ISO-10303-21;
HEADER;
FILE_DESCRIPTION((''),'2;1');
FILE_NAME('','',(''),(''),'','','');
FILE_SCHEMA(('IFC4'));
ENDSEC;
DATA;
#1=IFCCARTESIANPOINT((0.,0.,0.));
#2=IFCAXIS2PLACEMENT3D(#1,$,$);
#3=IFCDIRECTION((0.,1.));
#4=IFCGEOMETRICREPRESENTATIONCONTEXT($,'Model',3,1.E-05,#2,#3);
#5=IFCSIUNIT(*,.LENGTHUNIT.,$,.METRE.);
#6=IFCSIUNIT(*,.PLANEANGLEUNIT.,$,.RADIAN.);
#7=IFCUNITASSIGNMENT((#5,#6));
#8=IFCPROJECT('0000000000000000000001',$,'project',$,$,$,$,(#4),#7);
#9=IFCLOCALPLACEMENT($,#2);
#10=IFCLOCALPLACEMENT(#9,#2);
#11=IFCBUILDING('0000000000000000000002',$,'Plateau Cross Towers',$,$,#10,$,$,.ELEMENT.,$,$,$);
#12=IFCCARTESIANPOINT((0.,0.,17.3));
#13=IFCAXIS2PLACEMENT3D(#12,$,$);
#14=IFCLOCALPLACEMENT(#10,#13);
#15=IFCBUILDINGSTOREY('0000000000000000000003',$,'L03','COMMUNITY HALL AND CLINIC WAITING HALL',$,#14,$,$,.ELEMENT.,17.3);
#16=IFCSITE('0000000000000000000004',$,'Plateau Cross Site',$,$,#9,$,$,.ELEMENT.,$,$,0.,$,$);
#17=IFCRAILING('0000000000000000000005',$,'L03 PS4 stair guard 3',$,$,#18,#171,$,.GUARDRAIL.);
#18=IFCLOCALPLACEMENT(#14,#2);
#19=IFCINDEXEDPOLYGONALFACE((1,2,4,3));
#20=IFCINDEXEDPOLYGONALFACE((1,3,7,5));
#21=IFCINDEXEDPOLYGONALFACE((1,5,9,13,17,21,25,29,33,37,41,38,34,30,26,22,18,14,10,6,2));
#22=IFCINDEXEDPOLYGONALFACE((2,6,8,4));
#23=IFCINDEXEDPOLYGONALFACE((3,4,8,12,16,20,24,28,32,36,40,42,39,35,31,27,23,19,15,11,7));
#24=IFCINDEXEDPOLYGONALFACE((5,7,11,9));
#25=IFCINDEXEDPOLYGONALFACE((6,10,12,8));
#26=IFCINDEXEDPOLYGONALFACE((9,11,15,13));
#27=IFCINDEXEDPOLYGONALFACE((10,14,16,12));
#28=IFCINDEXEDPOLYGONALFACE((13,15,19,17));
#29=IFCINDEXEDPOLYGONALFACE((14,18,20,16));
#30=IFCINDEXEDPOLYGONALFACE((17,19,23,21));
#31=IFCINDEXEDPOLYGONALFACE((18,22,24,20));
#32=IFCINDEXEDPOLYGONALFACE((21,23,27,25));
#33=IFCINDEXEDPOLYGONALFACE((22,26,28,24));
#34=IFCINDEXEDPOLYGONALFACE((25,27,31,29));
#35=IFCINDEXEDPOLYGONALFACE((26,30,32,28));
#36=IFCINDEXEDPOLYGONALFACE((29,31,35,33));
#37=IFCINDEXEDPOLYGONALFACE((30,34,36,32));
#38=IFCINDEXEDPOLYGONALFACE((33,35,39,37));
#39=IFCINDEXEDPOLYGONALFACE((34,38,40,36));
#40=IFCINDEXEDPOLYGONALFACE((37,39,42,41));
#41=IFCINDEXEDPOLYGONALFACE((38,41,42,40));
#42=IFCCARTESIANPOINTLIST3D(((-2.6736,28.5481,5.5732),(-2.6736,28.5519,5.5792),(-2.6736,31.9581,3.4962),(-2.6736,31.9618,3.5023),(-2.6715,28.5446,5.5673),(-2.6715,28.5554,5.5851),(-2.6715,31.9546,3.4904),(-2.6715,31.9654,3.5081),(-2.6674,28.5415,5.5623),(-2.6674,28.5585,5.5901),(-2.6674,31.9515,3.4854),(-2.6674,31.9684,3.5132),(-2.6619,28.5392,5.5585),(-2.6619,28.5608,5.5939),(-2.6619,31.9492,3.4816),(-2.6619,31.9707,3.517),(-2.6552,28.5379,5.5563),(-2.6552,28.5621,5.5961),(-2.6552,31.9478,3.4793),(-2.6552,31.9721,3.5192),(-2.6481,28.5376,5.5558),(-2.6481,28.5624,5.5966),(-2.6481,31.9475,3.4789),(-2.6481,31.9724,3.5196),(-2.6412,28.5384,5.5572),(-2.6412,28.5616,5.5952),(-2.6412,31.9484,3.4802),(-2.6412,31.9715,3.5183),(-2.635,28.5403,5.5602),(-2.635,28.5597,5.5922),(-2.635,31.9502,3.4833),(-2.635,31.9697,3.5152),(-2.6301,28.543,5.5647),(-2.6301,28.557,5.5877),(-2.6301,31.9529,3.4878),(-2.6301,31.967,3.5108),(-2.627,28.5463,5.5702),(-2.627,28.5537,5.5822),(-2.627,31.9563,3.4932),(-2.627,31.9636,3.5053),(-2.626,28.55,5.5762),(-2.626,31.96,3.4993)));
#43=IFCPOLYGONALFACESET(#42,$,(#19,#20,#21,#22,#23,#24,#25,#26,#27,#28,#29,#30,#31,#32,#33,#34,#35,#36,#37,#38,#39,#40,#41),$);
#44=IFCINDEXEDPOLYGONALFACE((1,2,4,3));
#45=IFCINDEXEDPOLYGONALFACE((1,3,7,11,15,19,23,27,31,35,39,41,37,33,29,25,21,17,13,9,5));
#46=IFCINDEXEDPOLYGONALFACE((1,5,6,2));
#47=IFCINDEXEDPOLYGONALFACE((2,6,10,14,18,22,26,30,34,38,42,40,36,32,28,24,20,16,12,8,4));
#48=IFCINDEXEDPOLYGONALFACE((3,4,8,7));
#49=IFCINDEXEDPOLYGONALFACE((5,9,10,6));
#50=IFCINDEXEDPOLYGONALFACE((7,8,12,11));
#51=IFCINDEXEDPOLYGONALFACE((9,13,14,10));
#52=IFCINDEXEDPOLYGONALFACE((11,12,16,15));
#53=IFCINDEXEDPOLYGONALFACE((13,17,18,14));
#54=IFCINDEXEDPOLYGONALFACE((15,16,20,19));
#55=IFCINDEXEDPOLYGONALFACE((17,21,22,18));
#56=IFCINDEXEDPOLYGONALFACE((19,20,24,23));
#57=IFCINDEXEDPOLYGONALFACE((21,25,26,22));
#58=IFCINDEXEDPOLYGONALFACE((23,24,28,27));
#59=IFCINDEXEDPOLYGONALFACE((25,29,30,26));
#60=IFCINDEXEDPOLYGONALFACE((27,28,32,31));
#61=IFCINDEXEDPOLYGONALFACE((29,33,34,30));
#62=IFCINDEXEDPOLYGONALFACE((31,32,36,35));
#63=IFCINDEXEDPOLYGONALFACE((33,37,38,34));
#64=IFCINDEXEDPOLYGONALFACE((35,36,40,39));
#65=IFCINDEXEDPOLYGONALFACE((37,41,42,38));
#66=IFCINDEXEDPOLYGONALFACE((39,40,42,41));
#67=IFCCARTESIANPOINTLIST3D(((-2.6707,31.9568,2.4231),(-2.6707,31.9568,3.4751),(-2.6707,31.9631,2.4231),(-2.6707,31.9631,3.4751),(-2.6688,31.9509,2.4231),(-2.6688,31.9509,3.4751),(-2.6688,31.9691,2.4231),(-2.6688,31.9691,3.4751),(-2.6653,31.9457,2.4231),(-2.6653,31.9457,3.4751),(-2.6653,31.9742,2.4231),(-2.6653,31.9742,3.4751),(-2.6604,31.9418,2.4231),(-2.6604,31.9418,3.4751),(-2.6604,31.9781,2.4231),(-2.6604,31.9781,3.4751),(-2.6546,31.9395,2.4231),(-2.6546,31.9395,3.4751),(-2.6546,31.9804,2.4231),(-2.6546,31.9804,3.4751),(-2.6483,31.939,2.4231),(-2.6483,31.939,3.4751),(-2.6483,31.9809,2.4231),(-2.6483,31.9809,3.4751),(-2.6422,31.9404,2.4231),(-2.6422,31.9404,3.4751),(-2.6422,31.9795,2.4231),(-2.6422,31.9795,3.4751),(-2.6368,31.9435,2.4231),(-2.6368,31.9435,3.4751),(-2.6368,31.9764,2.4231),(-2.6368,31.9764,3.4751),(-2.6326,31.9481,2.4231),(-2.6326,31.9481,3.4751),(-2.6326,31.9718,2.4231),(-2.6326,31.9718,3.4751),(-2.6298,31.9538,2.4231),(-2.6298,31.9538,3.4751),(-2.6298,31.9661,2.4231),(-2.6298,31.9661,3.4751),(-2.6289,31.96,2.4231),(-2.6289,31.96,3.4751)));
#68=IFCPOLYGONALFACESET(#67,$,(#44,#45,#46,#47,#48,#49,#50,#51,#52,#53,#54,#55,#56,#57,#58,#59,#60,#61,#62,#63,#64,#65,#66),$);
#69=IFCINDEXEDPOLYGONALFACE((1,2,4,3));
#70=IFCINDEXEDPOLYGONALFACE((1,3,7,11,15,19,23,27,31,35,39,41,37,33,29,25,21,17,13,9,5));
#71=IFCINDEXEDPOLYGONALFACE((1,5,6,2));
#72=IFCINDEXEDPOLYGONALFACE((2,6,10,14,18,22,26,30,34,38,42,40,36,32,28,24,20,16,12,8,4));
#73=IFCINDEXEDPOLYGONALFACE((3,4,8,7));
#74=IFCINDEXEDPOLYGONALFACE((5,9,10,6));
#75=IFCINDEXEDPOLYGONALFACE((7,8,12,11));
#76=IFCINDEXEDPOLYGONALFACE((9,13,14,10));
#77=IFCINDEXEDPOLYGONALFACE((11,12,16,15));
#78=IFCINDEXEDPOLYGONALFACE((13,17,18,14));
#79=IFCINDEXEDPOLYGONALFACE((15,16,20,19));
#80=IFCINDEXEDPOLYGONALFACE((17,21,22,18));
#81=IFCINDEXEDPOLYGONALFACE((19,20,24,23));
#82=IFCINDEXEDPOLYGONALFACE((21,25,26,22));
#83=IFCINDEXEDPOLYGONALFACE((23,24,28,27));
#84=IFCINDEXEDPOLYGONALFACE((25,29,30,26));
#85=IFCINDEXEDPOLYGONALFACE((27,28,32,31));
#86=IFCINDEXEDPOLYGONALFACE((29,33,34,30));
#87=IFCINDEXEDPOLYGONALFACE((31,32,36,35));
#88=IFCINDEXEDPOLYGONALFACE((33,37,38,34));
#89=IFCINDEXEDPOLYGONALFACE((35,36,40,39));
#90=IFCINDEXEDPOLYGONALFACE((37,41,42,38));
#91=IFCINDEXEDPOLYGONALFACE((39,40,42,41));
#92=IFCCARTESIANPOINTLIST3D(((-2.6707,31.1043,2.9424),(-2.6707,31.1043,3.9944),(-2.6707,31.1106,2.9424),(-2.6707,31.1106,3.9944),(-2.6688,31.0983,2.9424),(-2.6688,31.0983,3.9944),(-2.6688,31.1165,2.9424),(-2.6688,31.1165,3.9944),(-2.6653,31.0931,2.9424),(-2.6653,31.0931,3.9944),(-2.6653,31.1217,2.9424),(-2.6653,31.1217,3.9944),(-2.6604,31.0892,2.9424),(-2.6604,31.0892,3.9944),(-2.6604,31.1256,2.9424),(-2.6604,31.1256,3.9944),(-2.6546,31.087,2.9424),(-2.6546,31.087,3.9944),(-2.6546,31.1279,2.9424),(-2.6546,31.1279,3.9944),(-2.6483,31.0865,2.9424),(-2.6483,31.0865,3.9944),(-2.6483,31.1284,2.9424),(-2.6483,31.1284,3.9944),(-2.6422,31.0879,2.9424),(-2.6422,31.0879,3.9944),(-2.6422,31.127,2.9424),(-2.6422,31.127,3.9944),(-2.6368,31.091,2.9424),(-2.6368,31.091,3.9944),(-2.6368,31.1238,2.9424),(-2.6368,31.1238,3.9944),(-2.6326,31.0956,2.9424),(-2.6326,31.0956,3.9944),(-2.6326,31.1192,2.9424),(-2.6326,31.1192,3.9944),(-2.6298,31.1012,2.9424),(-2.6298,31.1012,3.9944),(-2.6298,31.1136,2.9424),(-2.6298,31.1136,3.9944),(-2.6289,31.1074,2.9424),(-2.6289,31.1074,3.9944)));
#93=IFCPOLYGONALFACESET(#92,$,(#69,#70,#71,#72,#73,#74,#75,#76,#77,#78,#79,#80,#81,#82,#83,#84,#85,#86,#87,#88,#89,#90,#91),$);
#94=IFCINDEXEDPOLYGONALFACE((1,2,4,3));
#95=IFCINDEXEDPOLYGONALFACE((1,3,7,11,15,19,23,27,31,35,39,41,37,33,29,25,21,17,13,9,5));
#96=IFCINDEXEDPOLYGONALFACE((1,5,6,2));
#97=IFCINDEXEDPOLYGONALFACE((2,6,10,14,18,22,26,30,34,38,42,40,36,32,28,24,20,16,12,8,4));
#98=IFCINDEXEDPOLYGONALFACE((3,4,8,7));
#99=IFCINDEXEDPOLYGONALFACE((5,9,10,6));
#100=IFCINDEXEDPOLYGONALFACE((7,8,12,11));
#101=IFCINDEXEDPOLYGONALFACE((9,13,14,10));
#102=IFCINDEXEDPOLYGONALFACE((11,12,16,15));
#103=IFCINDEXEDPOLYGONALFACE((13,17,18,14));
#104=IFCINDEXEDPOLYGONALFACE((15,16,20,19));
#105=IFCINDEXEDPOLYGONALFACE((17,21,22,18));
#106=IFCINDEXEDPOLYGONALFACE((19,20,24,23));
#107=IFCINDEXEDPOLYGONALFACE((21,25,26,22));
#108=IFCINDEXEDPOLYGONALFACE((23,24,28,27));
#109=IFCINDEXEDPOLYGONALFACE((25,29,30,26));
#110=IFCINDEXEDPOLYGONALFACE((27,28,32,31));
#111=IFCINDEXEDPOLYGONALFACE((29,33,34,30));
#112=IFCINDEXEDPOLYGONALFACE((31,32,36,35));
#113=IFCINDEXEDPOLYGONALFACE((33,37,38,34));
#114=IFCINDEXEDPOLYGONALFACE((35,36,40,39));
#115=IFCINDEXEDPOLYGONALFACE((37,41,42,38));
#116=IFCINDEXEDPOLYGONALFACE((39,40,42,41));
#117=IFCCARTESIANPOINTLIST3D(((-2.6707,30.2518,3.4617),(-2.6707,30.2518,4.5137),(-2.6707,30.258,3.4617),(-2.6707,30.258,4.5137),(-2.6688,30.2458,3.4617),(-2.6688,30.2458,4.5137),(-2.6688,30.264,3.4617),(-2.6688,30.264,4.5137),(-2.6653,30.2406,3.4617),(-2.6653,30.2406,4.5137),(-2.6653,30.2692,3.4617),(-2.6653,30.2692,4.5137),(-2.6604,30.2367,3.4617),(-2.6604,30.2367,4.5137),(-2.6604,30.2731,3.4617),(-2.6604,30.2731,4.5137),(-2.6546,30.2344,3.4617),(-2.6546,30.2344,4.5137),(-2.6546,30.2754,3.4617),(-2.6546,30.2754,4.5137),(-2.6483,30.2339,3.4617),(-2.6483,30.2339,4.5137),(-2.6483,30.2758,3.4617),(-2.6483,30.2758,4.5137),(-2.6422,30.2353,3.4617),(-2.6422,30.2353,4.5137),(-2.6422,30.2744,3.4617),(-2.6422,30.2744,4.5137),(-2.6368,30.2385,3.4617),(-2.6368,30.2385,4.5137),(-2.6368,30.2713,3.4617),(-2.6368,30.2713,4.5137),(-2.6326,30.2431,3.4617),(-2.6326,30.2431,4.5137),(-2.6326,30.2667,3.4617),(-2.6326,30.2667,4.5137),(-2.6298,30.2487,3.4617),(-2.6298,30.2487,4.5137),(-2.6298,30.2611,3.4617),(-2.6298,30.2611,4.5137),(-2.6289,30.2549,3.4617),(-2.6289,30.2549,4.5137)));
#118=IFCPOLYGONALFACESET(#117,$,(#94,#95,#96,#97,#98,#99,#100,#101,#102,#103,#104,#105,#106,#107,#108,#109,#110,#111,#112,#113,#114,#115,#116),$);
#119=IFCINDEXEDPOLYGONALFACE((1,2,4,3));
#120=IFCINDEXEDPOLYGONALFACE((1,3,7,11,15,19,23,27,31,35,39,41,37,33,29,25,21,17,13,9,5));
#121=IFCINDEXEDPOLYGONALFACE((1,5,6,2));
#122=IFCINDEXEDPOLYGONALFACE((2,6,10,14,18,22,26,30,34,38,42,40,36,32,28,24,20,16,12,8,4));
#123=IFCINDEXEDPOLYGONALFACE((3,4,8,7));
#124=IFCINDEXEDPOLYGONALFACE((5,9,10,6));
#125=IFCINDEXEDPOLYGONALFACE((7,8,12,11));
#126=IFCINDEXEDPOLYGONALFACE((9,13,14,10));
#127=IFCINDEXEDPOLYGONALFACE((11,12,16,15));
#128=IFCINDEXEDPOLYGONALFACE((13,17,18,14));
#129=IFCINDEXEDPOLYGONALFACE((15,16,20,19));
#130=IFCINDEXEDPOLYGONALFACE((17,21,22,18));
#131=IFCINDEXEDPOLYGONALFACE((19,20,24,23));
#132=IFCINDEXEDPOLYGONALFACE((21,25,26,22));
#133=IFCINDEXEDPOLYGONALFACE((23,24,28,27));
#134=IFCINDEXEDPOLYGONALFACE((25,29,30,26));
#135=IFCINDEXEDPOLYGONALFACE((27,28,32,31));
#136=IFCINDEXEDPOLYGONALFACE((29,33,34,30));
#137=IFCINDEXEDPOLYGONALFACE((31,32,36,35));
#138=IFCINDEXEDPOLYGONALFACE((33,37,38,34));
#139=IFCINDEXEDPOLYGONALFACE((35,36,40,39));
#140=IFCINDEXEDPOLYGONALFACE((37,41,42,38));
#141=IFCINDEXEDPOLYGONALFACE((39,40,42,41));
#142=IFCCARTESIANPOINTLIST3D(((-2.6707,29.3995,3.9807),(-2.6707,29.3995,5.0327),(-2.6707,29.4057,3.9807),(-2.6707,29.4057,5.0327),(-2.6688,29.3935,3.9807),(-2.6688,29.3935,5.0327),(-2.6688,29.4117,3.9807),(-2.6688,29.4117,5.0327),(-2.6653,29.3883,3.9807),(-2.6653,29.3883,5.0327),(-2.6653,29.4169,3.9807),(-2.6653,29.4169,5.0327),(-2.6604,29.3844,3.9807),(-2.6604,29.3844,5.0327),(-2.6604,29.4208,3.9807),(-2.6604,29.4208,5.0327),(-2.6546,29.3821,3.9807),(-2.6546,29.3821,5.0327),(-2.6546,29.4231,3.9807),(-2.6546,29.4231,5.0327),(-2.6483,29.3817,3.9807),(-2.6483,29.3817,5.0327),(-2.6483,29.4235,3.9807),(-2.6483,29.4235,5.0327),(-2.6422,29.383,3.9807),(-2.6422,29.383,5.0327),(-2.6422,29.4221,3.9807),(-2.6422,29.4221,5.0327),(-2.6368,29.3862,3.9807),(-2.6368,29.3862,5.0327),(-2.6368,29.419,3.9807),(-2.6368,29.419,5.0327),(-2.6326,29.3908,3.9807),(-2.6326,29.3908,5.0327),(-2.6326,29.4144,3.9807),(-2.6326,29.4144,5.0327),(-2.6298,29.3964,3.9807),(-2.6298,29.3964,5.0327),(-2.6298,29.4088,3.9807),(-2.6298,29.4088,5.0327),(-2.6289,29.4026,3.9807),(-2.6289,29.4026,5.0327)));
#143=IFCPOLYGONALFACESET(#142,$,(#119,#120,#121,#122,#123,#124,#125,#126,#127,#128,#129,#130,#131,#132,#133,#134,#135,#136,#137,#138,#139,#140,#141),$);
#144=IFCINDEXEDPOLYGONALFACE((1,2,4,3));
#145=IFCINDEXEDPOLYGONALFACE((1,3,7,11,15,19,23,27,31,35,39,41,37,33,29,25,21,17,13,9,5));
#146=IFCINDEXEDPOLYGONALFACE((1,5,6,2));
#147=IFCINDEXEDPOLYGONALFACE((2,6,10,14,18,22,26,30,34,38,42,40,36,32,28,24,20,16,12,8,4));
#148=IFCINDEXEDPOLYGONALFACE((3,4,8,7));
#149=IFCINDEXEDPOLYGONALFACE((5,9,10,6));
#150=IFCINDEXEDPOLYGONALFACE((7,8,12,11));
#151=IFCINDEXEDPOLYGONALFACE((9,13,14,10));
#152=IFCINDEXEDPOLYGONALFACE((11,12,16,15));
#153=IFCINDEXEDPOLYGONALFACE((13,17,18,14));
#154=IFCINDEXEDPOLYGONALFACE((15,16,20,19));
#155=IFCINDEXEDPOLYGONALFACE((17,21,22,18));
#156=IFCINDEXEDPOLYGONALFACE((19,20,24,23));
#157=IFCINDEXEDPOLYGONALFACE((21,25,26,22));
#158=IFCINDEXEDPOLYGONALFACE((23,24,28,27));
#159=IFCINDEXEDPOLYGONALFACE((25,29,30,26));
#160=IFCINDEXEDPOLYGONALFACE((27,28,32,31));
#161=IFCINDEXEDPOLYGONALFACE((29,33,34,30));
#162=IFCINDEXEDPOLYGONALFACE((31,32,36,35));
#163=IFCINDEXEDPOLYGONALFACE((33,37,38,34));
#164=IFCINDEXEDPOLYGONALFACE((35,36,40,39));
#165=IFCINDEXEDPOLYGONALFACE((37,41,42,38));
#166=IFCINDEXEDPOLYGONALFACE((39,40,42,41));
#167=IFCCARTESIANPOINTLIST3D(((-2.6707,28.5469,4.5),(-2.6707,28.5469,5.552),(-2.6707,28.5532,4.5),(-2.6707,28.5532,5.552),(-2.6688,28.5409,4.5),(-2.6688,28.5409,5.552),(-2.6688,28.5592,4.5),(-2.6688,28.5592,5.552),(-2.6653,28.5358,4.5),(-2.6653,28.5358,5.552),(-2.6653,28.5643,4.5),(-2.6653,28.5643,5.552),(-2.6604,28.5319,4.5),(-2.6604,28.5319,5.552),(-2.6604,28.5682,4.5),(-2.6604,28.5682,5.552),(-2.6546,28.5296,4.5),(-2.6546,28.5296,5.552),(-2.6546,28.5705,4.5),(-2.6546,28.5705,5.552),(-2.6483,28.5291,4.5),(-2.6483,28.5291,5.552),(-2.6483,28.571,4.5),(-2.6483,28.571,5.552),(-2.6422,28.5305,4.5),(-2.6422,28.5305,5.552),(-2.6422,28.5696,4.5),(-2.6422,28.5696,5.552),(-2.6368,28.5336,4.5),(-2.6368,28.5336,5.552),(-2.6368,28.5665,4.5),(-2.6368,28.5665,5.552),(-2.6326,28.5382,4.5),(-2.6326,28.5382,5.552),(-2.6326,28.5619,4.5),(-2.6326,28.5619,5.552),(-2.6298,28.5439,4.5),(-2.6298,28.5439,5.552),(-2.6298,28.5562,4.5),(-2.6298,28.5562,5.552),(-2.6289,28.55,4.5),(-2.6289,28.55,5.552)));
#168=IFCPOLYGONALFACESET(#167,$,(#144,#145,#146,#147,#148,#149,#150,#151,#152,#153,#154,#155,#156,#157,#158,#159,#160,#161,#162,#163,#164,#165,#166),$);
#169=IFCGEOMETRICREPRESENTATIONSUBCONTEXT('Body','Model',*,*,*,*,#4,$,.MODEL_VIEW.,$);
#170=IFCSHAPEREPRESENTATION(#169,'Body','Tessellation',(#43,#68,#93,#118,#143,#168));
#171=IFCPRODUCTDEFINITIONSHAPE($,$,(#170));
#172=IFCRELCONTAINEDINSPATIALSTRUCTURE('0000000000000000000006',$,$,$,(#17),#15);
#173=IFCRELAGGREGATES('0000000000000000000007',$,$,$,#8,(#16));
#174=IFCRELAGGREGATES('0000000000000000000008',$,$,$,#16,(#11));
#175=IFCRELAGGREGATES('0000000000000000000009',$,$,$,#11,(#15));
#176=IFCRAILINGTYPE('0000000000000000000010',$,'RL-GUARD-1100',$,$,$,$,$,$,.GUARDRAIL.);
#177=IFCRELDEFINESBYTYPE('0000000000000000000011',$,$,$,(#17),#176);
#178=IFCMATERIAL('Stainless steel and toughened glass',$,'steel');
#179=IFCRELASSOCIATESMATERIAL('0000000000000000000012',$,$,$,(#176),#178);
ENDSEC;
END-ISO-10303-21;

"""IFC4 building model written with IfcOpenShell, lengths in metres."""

from ifc_helpers import new_model, si_unit, direction, frame, origin, origin_2d, place, context, subcontext, project, spatial, circle, extrude, material, type_object, element, save


model = new_model("IFC4")

# Units and contexts
model_context = context("Model", 3, precision=1e-05, world=origin(), true_north=direction((0.0, 1.0)))
body_context = subcontext(model_context, "Body", "Model", "MODEL_VIEW")
ifc_project = project(units=[si_unit("LENGTHUNIT", "METRE"), si_unit("PLANEANGLEUNIT", "RADIAN")], contexts=[model_context])

# Site, building, storey
site_placement = place(None, origin())
site = spatial("IfcSite", under=ifc_project, at=site_placement, Name="Plateau Cross Site", CompositionType="ELEMENT", RefElevation=0.0)
building_placement = place(site_placement, origin())
building = spatial("IfcBuilding", under=site, at=building_placement, Name="Plateau Cross Towers", CompositionType="ELEMENT")
storey_placement = place(building_placement, frame((0.0, 0.0, 17.3)))
storey = spatial("IfcBuildingStorey", under=building, at=storey_placement, Name="L03", Description="COMMUNITY HALL AND CLINIC WAITING HALL", CompositionType="ELEMENT", Elevation=17.3)

# Railing
ifc_material_1 = material(Name="Stainless steel and toughened glass", Category="steel")
railing_type_1 = type_object("IfcRailingType", Name="RL-GUARD-1100", PredefinedType="GUARDRAIL", material=ifc_material_1)
railing_1_placement = place(storey_placement, frame((-2.6499, 31.96, 2.4231)))
element("IfcRailing", 1, at=railing_1_placement, inside=storey, type_object=railing_type_1, Name="L03 PS4 stair guard 3", PredefinedType="GUARDRAIL", context=body_context, shape_type="SweptSolid", body=[
    extrude(circle(Radius=0.0239, at=origin_2d()), frame((0.0, 0.0, 1.0762), z_axis=(0.0, -0.854053, 0.520186), x_axis=(1.0, 0.0, 0.0)), (0.0, 0.0, 1.0), 3.9927),
    extrude(circle(Radius=0.021, at=origin_2d()), origin(), (0.0, 0.0, 1.0), 1.052),
    extrude(circle(Radius=0.021, at=origin_2d()), frame((0.0, -0.8525, 0.5193)), (0.0, 0.0, 1.0), 1.052),
    extrude(circle(Radius=0.021, at=origin_2d()), frame((0.0, -1.7051, 1.0386)), (0.0, 0.0, 1.0), 1.052),
    extrude(circle(Radius=0.021, at=origin_2d()), frame((0.0, -2.5574, 1.5576)), (0.0, 0.0, 1.0), 1.052),
    extrude(circle(Radius=0.021, at=origin_2d()), frame((0.0, -3.4099, 2.0769)), (0.0, 0.0, 1.0), 1.052),
])

save(model, "model.ifc")
